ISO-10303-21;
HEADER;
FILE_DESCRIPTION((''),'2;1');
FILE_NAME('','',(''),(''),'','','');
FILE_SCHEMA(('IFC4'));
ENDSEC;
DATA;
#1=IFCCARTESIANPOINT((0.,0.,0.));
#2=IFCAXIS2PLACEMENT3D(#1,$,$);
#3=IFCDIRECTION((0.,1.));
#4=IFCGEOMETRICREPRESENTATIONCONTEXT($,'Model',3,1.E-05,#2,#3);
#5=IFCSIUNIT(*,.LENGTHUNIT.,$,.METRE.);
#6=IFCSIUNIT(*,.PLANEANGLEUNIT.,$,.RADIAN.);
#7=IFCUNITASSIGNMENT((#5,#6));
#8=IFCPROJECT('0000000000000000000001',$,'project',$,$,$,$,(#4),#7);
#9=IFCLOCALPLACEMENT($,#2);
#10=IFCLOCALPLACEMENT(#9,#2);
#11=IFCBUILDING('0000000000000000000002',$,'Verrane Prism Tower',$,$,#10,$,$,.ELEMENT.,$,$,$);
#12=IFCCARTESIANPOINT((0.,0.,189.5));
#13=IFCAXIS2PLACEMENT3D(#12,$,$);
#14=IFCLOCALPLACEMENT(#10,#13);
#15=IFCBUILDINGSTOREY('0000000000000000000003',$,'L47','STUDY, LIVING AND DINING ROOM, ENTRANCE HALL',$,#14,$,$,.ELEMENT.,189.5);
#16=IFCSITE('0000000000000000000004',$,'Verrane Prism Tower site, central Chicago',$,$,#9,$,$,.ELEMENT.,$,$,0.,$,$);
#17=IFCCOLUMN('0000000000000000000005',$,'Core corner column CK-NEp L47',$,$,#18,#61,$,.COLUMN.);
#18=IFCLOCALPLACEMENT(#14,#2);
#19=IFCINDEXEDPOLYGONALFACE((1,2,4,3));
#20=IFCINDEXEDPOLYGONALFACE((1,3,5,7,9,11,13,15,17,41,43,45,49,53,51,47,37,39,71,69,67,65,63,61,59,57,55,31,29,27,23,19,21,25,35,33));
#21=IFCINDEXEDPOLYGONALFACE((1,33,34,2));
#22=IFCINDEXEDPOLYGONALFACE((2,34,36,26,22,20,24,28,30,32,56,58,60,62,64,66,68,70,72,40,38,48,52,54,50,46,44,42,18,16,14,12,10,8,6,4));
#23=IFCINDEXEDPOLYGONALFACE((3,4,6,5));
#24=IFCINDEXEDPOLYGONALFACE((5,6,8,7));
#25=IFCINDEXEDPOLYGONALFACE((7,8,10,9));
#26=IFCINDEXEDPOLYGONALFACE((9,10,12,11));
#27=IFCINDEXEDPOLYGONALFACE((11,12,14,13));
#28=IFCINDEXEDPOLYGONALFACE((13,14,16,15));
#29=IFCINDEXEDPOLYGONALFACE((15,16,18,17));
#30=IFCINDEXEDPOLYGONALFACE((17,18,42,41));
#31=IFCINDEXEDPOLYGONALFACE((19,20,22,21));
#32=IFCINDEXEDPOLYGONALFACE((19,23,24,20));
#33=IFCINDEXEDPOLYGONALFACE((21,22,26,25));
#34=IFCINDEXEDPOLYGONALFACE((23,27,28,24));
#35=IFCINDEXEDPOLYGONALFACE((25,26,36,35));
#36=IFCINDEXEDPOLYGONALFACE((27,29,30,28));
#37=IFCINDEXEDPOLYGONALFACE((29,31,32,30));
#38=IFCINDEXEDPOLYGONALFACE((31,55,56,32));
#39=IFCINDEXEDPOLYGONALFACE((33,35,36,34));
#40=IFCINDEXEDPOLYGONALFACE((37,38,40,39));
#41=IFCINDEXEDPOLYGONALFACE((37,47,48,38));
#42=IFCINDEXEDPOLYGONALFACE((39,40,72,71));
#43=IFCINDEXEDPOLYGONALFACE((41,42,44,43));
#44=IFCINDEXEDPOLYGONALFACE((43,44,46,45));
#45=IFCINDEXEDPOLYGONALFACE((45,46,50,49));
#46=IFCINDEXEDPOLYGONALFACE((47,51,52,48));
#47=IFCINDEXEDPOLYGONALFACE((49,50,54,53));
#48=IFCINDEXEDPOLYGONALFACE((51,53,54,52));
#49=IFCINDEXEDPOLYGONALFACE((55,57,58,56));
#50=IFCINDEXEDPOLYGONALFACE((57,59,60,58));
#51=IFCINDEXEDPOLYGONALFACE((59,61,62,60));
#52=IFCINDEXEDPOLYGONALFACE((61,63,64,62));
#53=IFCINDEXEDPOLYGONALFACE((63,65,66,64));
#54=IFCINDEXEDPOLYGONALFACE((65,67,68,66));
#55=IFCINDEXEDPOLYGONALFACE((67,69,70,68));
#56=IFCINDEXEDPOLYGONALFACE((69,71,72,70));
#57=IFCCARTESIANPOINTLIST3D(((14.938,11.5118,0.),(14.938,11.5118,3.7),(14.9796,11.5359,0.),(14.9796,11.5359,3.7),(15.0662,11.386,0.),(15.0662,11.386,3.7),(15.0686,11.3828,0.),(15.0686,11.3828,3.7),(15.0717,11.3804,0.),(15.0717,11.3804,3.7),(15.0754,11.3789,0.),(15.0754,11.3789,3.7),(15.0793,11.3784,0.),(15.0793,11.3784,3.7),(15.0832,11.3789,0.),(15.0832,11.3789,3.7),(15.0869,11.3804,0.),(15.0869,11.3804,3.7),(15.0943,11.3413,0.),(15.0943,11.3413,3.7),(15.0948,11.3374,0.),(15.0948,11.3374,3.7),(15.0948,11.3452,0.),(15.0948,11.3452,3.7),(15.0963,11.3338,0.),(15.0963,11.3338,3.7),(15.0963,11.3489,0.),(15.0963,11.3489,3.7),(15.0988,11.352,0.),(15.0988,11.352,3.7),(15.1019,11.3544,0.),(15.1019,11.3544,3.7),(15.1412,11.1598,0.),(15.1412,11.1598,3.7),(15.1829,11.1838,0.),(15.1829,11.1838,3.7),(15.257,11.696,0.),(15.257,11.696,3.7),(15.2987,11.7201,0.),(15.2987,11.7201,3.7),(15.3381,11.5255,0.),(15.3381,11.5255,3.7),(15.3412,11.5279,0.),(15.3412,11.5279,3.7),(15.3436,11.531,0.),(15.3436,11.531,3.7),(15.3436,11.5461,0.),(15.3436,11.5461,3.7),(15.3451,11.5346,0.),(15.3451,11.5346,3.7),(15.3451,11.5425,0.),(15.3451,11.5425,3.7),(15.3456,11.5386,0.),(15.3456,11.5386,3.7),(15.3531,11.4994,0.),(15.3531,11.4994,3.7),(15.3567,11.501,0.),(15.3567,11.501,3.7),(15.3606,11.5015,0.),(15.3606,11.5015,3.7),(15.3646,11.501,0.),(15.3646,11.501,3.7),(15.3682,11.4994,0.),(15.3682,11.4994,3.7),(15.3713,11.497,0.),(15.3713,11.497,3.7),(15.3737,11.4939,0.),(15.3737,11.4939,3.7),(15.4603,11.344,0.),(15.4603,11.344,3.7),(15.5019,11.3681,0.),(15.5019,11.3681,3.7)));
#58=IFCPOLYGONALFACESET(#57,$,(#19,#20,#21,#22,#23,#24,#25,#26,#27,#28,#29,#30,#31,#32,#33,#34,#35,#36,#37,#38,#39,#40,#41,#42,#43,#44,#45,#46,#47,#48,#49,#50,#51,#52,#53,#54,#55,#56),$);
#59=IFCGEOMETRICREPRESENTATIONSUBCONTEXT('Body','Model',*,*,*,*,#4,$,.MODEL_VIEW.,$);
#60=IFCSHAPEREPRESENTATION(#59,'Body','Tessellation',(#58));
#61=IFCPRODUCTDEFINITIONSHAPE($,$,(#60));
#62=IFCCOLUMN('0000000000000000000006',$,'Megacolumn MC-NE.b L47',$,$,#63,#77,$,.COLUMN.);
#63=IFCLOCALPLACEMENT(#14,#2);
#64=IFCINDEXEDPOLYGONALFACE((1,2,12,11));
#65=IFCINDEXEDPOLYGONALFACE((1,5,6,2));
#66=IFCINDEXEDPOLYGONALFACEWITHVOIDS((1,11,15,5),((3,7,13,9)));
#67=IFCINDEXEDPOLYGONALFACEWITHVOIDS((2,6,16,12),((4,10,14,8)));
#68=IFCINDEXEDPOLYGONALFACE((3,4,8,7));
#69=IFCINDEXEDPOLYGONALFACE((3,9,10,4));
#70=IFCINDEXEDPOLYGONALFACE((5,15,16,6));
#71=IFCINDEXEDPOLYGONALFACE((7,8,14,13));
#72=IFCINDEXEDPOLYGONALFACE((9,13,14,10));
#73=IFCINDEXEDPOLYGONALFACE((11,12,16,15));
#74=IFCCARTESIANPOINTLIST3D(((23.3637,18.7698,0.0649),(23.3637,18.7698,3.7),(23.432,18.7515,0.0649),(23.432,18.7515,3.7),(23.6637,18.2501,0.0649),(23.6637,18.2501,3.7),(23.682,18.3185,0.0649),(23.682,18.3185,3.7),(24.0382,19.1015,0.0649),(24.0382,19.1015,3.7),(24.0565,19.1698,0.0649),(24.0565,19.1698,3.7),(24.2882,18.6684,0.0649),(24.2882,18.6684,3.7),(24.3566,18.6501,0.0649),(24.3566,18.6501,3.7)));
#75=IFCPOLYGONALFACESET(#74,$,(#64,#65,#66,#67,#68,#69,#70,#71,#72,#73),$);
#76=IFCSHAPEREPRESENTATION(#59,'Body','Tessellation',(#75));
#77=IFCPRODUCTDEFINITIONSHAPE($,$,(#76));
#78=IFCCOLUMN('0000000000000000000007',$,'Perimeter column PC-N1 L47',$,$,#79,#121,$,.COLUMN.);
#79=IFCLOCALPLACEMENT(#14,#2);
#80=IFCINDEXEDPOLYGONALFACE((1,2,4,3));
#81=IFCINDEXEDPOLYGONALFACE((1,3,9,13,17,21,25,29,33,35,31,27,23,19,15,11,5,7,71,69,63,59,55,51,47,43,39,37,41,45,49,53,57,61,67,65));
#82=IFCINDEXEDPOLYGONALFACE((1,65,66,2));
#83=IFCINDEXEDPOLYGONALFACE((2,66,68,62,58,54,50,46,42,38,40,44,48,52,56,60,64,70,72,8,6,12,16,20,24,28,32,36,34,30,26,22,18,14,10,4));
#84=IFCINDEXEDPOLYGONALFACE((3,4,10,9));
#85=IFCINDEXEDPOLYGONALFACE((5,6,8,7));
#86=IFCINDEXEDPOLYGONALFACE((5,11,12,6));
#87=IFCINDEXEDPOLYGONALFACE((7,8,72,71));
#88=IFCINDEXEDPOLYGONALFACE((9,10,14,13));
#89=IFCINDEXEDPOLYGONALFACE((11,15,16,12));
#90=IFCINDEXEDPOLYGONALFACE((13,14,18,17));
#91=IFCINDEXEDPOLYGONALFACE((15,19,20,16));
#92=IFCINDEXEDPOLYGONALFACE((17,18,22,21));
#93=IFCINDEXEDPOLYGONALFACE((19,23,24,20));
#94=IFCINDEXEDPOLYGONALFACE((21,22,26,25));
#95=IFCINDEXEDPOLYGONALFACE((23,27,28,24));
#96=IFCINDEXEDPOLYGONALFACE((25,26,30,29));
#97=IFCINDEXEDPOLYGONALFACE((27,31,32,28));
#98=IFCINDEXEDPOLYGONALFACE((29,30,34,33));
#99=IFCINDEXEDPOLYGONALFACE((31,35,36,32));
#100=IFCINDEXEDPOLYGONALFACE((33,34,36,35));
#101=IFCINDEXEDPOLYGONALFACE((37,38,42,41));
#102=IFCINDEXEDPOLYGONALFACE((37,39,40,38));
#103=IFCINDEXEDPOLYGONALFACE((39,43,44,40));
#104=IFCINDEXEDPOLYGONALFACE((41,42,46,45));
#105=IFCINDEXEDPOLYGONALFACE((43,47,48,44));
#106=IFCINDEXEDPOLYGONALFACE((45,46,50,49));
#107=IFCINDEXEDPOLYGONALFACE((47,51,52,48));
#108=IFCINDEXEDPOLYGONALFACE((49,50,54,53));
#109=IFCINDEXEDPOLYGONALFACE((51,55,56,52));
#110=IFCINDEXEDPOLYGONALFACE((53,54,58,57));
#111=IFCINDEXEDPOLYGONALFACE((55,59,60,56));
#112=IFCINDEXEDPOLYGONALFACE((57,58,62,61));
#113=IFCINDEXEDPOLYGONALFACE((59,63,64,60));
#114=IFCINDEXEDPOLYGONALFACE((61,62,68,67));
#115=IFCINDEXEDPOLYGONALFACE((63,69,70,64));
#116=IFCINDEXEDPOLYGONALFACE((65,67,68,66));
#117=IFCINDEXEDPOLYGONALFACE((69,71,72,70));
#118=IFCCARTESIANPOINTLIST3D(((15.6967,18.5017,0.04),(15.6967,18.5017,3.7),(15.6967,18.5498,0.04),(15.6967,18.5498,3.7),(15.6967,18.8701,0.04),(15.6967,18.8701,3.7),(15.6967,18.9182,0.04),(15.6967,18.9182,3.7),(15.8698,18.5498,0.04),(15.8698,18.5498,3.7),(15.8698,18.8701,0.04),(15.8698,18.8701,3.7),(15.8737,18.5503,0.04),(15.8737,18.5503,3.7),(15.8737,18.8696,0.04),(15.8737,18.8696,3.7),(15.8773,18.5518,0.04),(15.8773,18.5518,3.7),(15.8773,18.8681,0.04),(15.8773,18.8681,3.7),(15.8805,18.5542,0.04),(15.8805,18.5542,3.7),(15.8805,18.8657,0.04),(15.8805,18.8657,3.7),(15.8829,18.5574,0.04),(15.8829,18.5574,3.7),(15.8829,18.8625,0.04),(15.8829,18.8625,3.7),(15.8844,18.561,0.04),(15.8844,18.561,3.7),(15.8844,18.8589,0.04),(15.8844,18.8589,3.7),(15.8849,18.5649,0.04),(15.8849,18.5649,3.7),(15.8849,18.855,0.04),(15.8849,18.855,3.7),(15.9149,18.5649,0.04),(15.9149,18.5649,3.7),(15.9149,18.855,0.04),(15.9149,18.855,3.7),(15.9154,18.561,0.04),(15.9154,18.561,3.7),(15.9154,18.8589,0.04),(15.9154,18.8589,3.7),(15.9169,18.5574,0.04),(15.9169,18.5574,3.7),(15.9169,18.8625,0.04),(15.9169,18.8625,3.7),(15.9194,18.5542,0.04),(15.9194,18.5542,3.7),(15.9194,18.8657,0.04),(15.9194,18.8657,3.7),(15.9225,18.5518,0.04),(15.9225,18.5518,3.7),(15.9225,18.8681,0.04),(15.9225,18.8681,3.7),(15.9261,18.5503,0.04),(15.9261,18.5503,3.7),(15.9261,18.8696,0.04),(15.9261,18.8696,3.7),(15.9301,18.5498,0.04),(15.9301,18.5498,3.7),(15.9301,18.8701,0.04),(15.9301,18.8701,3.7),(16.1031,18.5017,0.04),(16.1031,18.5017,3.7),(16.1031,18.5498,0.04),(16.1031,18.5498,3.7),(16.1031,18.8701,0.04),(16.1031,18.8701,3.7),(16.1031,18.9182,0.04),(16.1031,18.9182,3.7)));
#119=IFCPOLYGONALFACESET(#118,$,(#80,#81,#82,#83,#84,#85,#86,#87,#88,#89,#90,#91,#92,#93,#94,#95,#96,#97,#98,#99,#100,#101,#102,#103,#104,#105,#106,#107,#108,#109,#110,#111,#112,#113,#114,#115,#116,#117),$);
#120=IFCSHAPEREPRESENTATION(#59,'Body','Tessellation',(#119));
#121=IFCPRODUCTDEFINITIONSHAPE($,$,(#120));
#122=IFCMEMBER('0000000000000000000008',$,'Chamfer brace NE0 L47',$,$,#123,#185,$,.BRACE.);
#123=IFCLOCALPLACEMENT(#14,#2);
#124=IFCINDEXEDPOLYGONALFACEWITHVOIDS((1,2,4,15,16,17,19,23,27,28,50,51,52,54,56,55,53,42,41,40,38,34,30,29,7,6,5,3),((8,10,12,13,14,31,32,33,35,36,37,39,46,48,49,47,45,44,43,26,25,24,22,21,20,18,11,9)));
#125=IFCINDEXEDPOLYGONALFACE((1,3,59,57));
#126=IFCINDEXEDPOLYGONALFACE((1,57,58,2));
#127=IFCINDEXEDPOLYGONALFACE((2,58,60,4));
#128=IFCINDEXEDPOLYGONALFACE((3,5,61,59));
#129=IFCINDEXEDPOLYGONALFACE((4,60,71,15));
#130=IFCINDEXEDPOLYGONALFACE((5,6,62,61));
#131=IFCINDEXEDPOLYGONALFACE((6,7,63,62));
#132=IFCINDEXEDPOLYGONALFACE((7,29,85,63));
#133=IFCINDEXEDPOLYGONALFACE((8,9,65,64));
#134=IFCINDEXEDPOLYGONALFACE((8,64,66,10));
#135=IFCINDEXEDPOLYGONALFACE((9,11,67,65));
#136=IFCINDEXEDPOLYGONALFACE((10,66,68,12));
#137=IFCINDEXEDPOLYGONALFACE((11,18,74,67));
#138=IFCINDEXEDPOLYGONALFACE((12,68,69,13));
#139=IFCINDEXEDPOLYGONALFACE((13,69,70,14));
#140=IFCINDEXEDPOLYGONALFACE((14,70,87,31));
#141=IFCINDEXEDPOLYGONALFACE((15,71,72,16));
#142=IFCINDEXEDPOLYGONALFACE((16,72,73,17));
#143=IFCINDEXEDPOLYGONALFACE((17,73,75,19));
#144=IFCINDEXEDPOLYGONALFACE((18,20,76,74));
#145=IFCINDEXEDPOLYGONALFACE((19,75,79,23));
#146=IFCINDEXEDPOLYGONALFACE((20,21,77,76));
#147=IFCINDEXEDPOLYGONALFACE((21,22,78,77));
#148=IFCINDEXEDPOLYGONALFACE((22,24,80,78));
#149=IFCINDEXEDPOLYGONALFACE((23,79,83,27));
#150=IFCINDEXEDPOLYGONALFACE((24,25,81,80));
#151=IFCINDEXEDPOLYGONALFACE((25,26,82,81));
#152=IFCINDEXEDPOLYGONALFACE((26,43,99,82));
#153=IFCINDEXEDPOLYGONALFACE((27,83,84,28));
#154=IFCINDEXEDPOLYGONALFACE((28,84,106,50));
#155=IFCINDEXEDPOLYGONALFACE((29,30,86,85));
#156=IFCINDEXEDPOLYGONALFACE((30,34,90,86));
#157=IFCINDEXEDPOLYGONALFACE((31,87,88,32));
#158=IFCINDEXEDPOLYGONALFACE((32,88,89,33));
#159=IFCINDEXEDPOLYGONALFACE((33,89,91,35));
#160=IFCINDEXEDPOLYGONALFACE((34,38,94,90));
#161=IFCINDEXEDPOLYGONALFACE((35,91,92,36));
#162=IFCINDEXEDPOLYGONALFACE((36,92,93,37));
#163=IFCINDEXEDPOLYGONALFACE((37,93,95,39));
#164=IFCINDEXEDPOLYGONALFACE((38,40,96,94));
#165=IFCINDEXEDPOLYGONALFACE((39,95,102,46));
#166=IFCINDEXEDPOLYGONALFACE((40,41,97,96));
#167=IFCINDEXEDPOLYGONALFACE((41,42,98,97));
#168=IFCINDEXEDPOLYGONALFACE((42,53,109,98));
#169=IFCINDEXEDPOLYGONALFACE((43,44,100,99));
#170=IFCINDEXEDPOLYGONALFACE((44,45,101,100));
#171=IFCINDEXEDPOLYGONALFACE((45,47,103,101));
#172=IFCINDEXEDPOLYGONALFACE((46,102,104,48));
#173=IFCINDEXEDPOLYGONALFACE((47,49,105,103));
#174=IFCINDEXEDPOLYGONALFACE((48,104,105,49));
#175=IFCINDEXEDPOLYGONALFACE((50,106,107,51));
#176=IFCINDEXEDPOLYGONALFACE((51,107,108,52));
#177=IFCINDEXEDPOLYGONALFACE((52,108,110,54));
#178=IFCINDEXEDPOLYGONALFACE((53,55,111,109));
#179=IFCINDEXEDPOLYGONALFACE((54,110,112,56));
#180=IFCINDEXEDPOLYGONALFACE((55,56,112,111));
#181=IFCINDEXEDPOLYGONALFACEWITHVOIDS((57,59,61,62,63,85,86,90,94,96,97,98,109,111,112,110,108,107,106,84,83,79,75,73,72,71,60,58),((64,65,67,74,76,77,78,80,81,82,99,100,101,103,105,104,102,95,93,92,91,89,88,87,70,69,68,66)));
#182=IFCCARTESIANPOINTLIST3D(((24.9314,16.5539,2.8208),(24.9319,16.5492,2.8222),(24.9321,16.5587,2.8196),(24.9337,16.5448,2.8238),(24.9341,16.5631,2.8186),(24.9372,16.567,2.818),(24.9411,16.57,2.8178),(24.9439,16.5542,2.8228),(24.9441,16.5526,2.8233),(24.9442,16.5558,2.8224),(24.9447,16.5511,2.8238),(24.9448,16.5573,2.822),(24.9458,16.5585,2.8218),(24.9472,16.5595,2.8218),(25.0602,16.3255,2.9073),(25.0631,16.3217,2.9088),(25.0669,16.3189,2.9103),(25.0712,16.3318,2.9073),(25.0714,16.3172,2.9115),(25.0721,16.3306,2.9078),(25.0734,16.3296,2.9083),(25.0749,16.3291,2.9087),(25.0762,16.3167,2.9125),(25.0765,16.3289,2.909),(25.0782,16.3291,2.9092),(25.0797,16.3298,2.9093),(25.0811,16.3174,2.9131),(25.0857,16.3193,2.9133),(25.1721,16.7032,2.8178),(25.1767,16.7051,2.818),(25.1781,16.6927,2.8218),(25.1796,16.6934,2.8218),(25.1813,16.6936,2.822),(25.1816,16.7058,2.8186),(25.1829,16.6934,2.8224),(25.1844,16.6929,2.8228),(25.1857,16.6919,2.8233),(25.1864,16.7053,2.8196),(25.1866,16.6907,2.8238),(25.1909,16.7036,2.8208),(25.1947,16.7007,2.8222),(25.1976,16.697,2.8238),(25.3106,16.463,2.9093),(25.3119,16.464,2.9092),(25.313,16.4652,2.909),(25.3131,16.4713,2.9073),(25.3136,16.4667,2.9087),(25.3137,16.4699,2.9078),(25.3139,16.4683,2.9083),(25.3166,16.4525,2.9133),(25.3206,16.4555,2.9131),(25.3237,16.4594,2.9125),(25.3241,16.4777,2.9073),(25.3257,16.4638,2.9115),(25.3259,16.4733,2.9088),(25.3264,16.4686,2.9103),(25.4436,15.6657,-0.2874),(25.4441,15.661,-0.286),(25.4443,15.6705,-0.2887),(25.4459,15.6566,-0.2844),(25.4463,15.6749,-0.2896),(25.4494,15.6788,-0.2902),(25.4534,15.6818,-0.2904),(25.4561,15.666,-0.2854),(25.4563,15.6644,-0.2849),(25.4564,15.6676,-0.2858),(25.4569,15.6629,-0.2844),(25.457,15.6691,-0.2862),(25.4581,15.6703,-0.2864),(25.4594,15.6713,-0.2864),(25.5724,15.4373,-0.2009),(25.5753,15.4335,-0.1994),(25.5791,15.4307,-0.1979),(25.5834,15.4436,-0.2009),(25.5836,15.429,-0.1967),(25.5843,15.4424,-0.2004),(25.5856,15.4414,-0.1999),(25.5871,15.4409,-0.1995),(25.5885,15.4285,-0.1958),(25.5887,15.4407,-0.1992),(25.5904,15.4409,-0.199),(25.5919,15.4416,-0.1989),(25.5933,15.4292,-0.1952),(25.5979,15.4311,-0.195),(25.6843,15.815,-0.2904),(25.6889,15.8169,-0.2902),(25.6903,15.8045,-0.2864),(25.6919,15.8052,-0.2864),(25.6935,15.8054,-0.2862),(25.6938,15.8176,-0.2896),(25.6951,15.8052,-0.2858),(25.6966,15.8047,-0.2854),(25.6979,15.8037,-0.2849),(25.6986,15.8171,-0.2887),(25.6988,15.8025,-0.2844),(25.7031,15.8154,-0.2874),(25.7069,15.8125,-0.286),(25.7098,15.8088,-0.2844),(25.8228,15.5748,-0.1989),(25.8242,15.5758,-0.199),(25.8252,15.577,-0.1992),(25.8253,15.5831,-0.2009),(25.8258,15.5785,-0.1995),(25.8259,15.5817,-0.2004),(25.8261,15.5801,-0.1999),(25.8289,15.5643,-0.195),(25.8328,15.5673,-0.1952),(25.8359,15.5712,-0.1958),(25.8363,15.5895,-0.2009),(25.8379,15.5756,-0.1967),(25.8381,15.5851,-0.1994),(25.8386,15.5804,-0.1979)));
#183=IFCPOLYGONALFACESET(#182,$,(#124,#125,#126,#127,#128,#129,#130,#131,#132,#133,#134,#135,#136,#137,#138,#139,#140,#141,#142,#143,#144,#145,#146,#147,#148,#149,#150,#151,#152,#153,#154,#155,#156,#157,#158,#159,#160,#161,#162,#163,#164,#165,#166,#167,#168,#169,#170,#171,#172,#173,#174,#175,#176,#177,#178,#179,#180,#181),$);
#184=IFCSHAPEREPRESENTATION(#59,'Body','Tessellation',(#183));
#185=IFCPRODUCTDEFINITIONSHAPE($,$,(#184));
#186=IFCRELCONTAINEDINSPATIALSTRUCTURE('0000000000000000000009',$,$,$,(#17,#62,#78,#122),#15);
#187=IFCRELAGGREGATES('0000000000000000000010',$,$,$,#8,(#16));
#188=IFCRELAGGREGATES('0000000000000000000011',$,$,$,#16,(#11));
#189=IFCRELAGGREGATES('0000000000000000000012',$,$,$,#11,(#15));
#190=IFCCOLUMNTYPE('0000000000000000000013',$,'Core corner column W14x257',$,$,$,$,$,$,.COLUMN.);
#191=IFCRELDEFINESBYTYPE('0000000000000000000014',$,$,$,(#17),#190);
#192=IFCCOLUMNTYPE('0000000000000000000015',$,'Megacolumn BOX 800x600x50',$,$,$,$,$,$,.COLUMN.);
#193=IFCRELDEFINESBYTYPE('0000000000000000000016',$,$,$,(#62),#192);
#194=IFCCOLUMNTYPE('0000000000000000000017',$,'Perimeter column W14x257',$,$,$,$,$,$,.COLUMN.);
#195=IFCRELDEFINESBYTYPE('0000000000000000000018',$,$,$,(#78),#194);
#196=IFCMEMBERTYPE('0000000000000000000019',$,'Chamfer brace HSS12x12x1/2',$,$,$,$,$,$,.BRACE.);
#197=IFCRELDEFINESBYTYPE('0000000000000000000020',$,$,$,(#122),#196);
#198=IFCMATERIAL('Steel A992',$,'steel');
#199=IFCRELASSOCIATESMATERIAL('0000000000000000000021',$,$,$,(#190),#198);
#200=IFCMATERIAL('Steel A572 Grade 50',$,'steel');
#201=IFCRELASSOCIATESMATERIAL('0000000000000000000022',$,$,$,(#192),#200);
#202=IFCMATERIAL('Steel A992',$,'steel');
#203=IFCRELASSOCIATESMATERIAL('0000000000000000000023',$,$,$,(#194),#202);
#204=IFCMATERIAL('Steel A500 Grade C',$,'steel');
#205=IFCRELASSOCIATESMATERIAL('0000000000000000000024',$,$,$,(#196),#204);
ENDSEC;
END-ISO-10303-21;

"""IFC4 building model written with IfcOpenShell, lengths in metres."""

from ifc_helpers import new_model, si_unit, direction, frame, origin, origin_2d, place, context, subcontext, project, spatial, hollow_rectangle, i_section, extrude, material, material_profile, profile_set, type_object, element, save


model = new_model("IFC4")

# Units and contexts
model_context = context("Model", 3, precision=1e-05, world=origin(), true_north=direction((0.0, 1.0)))
body_context = subcontext(model_context, "Body", "Model", "MODEL_VIEW")
ifc_project = project(units=[si_unit("LENGTHUNIT", "METRE"), si_unit("PLANEANGLEUNIT", "RADIAN")], contexts=[model_context])

# Site, building, storey
site_placement = place(None, origin())
site = spatial("IfcSite", under=ifc_project, at=site_placement, Name="Verrane Prism Tower site, central Chicago", CompositionType="ELEMENT", RefElevation=0.0)
building_placement = place(site_placement, origin())
building = spatial("IfcBuilding", under=site, at=building_placement, Name="Verrane Prism Tower", CompositionType="ELEMENT")
storey_placement = place(building_placement, frame((0.0, 0.0, 189.5)))
storey = spatial("IfcBuildingStorey", under=building, at=storey_placement, Name="L47", Description="STUDY, LIVING AND DINING ROOM, ENTRANCE HALL", CompositionType="ELEMENT", Elevation=189.5)

# Columns
ifc_material_1 = material(Name="Steel A992", Category="steel")
ifc_material_profile_1 = material_profile(ifc_material_1, i_section(OverallWidth=0.4065, OverallDepth=0.4165, WebThickness=0.03, FlangeThickness=0.0481, FilletRadius=0.0151, at=origin_2d()), Name="W14x257")
ifc_profile_set_1 = profile_set([ifc_material_profile_1], Name="Steel A992")
column_type_1 = type_object("IfcColumnType", Name="Core corner column W14x257", PredefinedType="COLUMN", material=ifc_profile_set_1)
column_1_placement = place(storey_placement, frame((15.22, 11.4399, 0.0), z_axis=(0.0, 0.0, 1.0), x_axis=(0.5, -0.866025, 0.0)))
element("IfcColumn", 1, at=column_1_placement, inside=storey, type_object=column_type_1, Name="Core corner column CK-NEp L47", PredefinedType="COLUMN", context=body_context, shape_type="SweptSolid", body=[
    extrude(i_section(OverallWidth=0.4065, OverallDepth=0.4165, WebThickness=0.03, FlangeThickness=0.0481, FilletRadius=0.0151, at=origin_2d()), origin(), (0.0, 0.0, 1.0), 3.7),
])
ifc_material_2 = material(Name="Steel A572 Grade 50", Category="steel")
ifc_material_profile_2 = material_profile(ifc_material_2, hollow_rectangle(XDim=0.6001, YDim=0.8, WallThickness=0.05, at=origin_2d()), Name="BOX 800x600x50")
ifc_profile_set_2 = profile_set([ifc_material_profile_2], Name="Steel A572 Grade 50")
column_type_2 = type_object("IfcColumnType", Name="Megacolumn BOX 800x600x50", PredefinedType="COLUMN", material=ifc_profile_set_2)
column_2_placement = place(storey_placement, frame((23.8601, 18.71, 0.0649), z_axis=(0.0, 0.0, 1.0), x_axis=(0.5, -0.866025, 0.0)))
element("IfcColumn", 2, at=column_2_placement, inside=storey, type_object=column_type_2, Name="Megacolumn MC-NE.b L47", PredefinedType="COLUMN", context=body_context, shape_type="SweptSolid", body=[
    extrude(hollow_rectangle(XDim=0.6001, YDim=0.8, WallThickness=0.05, at=origin_2d()), origin(), (0.0, 0.0, 1.0), 3.635),
])
ifc_material_3 = material(Name="Steel A992", Category="steel")
ifc_material_profile_3 = material_profile(ifc_material_3, i_section(OverallWidth=0.4065, OverallDepth=0.4165, WebThickness=0.03, FlangeThickness=0.0481, FilletRadius=0.0151, at=origin_2d()), Name="W14x257")
ifc_profile_set_3 = profile_set([ifc_material_profile_3], Name="Steel A992")
column_type_3 = type_object("IfcColumnType", Name="Perimeter column W14x257", PredefinedType="COLUMN", material=ifc_profile_set_3)
column_3_placement = place(storey_placement, frame((15.8999, 18.71, 0.04), z_axis=(0.0, 0.0, 1.0), x_axis=(1.0, 0.0, 0.0)))
element("IfcColumn", 3, at=column_3_placement, inside=storey, type_object=column_type_3, Name="Perimeter column PC-N1 L47", PredefinedType="COLUMN", context=body_context, shape_type="SweptSolid", body=[
    extrude(i_section(OverallWidth=0.4065, OverallDepth=0.4165, WebThickness=0.03, FlangeThickness=0.0481, FilletRadius=0.0151, at=origin_2d()), origin(), (0.0, 0.0, 1.0), 3.6599),
])

# Member
ifc_material_4 = material(Name="Steel A500 Grade C", Category="steel")
ifc_material_profile_4 = material_profile(ifc_material_4, hollow_rectangle(XDim=0.3047, YDim=0.3047, WallThickness=0.0127, InnerFilletRadius=0.0063, OuterFilletRadius=0.019, at=origin_2d()), Name="HSS12x12x1/2")
ifc_profile_set_4 = profile_set([ifc_material_profile_4], Name="Steel A500 Grade C")
member_type_1 = type_object("IfcMemberType", Name="Chamfer brace HSS12x12x1/2", PredefinedType="BRACE", material=ifc_profile_set_4)
member_1_placement = place(storey_placement, frame((25.6411, 15.623, -0.2427), z_axis=(-0.1565, 0.271375, 0.949665), x_axis=(-0.866273, -0.499571, 0.0)))
element("IfcMember", 4, at=member_1_placement, inside=storey, type_object=member_type_1, Name="Chamfer brace NE0 L47", PredefinedType="BRACE", context=body_context, shape_type="SweptSolid", body=[
    extrude(hollow_rectangle(XDim=0.3047, YDim=0.3047, WallThickness=0.0127, InnerFilletRadius=0.0063, OuterFilletRadius=0.019, at=origin_2d()), origin(), (0.0, 0.0, 1.0), 3.2729),
])

save(model, "model.ifc")
